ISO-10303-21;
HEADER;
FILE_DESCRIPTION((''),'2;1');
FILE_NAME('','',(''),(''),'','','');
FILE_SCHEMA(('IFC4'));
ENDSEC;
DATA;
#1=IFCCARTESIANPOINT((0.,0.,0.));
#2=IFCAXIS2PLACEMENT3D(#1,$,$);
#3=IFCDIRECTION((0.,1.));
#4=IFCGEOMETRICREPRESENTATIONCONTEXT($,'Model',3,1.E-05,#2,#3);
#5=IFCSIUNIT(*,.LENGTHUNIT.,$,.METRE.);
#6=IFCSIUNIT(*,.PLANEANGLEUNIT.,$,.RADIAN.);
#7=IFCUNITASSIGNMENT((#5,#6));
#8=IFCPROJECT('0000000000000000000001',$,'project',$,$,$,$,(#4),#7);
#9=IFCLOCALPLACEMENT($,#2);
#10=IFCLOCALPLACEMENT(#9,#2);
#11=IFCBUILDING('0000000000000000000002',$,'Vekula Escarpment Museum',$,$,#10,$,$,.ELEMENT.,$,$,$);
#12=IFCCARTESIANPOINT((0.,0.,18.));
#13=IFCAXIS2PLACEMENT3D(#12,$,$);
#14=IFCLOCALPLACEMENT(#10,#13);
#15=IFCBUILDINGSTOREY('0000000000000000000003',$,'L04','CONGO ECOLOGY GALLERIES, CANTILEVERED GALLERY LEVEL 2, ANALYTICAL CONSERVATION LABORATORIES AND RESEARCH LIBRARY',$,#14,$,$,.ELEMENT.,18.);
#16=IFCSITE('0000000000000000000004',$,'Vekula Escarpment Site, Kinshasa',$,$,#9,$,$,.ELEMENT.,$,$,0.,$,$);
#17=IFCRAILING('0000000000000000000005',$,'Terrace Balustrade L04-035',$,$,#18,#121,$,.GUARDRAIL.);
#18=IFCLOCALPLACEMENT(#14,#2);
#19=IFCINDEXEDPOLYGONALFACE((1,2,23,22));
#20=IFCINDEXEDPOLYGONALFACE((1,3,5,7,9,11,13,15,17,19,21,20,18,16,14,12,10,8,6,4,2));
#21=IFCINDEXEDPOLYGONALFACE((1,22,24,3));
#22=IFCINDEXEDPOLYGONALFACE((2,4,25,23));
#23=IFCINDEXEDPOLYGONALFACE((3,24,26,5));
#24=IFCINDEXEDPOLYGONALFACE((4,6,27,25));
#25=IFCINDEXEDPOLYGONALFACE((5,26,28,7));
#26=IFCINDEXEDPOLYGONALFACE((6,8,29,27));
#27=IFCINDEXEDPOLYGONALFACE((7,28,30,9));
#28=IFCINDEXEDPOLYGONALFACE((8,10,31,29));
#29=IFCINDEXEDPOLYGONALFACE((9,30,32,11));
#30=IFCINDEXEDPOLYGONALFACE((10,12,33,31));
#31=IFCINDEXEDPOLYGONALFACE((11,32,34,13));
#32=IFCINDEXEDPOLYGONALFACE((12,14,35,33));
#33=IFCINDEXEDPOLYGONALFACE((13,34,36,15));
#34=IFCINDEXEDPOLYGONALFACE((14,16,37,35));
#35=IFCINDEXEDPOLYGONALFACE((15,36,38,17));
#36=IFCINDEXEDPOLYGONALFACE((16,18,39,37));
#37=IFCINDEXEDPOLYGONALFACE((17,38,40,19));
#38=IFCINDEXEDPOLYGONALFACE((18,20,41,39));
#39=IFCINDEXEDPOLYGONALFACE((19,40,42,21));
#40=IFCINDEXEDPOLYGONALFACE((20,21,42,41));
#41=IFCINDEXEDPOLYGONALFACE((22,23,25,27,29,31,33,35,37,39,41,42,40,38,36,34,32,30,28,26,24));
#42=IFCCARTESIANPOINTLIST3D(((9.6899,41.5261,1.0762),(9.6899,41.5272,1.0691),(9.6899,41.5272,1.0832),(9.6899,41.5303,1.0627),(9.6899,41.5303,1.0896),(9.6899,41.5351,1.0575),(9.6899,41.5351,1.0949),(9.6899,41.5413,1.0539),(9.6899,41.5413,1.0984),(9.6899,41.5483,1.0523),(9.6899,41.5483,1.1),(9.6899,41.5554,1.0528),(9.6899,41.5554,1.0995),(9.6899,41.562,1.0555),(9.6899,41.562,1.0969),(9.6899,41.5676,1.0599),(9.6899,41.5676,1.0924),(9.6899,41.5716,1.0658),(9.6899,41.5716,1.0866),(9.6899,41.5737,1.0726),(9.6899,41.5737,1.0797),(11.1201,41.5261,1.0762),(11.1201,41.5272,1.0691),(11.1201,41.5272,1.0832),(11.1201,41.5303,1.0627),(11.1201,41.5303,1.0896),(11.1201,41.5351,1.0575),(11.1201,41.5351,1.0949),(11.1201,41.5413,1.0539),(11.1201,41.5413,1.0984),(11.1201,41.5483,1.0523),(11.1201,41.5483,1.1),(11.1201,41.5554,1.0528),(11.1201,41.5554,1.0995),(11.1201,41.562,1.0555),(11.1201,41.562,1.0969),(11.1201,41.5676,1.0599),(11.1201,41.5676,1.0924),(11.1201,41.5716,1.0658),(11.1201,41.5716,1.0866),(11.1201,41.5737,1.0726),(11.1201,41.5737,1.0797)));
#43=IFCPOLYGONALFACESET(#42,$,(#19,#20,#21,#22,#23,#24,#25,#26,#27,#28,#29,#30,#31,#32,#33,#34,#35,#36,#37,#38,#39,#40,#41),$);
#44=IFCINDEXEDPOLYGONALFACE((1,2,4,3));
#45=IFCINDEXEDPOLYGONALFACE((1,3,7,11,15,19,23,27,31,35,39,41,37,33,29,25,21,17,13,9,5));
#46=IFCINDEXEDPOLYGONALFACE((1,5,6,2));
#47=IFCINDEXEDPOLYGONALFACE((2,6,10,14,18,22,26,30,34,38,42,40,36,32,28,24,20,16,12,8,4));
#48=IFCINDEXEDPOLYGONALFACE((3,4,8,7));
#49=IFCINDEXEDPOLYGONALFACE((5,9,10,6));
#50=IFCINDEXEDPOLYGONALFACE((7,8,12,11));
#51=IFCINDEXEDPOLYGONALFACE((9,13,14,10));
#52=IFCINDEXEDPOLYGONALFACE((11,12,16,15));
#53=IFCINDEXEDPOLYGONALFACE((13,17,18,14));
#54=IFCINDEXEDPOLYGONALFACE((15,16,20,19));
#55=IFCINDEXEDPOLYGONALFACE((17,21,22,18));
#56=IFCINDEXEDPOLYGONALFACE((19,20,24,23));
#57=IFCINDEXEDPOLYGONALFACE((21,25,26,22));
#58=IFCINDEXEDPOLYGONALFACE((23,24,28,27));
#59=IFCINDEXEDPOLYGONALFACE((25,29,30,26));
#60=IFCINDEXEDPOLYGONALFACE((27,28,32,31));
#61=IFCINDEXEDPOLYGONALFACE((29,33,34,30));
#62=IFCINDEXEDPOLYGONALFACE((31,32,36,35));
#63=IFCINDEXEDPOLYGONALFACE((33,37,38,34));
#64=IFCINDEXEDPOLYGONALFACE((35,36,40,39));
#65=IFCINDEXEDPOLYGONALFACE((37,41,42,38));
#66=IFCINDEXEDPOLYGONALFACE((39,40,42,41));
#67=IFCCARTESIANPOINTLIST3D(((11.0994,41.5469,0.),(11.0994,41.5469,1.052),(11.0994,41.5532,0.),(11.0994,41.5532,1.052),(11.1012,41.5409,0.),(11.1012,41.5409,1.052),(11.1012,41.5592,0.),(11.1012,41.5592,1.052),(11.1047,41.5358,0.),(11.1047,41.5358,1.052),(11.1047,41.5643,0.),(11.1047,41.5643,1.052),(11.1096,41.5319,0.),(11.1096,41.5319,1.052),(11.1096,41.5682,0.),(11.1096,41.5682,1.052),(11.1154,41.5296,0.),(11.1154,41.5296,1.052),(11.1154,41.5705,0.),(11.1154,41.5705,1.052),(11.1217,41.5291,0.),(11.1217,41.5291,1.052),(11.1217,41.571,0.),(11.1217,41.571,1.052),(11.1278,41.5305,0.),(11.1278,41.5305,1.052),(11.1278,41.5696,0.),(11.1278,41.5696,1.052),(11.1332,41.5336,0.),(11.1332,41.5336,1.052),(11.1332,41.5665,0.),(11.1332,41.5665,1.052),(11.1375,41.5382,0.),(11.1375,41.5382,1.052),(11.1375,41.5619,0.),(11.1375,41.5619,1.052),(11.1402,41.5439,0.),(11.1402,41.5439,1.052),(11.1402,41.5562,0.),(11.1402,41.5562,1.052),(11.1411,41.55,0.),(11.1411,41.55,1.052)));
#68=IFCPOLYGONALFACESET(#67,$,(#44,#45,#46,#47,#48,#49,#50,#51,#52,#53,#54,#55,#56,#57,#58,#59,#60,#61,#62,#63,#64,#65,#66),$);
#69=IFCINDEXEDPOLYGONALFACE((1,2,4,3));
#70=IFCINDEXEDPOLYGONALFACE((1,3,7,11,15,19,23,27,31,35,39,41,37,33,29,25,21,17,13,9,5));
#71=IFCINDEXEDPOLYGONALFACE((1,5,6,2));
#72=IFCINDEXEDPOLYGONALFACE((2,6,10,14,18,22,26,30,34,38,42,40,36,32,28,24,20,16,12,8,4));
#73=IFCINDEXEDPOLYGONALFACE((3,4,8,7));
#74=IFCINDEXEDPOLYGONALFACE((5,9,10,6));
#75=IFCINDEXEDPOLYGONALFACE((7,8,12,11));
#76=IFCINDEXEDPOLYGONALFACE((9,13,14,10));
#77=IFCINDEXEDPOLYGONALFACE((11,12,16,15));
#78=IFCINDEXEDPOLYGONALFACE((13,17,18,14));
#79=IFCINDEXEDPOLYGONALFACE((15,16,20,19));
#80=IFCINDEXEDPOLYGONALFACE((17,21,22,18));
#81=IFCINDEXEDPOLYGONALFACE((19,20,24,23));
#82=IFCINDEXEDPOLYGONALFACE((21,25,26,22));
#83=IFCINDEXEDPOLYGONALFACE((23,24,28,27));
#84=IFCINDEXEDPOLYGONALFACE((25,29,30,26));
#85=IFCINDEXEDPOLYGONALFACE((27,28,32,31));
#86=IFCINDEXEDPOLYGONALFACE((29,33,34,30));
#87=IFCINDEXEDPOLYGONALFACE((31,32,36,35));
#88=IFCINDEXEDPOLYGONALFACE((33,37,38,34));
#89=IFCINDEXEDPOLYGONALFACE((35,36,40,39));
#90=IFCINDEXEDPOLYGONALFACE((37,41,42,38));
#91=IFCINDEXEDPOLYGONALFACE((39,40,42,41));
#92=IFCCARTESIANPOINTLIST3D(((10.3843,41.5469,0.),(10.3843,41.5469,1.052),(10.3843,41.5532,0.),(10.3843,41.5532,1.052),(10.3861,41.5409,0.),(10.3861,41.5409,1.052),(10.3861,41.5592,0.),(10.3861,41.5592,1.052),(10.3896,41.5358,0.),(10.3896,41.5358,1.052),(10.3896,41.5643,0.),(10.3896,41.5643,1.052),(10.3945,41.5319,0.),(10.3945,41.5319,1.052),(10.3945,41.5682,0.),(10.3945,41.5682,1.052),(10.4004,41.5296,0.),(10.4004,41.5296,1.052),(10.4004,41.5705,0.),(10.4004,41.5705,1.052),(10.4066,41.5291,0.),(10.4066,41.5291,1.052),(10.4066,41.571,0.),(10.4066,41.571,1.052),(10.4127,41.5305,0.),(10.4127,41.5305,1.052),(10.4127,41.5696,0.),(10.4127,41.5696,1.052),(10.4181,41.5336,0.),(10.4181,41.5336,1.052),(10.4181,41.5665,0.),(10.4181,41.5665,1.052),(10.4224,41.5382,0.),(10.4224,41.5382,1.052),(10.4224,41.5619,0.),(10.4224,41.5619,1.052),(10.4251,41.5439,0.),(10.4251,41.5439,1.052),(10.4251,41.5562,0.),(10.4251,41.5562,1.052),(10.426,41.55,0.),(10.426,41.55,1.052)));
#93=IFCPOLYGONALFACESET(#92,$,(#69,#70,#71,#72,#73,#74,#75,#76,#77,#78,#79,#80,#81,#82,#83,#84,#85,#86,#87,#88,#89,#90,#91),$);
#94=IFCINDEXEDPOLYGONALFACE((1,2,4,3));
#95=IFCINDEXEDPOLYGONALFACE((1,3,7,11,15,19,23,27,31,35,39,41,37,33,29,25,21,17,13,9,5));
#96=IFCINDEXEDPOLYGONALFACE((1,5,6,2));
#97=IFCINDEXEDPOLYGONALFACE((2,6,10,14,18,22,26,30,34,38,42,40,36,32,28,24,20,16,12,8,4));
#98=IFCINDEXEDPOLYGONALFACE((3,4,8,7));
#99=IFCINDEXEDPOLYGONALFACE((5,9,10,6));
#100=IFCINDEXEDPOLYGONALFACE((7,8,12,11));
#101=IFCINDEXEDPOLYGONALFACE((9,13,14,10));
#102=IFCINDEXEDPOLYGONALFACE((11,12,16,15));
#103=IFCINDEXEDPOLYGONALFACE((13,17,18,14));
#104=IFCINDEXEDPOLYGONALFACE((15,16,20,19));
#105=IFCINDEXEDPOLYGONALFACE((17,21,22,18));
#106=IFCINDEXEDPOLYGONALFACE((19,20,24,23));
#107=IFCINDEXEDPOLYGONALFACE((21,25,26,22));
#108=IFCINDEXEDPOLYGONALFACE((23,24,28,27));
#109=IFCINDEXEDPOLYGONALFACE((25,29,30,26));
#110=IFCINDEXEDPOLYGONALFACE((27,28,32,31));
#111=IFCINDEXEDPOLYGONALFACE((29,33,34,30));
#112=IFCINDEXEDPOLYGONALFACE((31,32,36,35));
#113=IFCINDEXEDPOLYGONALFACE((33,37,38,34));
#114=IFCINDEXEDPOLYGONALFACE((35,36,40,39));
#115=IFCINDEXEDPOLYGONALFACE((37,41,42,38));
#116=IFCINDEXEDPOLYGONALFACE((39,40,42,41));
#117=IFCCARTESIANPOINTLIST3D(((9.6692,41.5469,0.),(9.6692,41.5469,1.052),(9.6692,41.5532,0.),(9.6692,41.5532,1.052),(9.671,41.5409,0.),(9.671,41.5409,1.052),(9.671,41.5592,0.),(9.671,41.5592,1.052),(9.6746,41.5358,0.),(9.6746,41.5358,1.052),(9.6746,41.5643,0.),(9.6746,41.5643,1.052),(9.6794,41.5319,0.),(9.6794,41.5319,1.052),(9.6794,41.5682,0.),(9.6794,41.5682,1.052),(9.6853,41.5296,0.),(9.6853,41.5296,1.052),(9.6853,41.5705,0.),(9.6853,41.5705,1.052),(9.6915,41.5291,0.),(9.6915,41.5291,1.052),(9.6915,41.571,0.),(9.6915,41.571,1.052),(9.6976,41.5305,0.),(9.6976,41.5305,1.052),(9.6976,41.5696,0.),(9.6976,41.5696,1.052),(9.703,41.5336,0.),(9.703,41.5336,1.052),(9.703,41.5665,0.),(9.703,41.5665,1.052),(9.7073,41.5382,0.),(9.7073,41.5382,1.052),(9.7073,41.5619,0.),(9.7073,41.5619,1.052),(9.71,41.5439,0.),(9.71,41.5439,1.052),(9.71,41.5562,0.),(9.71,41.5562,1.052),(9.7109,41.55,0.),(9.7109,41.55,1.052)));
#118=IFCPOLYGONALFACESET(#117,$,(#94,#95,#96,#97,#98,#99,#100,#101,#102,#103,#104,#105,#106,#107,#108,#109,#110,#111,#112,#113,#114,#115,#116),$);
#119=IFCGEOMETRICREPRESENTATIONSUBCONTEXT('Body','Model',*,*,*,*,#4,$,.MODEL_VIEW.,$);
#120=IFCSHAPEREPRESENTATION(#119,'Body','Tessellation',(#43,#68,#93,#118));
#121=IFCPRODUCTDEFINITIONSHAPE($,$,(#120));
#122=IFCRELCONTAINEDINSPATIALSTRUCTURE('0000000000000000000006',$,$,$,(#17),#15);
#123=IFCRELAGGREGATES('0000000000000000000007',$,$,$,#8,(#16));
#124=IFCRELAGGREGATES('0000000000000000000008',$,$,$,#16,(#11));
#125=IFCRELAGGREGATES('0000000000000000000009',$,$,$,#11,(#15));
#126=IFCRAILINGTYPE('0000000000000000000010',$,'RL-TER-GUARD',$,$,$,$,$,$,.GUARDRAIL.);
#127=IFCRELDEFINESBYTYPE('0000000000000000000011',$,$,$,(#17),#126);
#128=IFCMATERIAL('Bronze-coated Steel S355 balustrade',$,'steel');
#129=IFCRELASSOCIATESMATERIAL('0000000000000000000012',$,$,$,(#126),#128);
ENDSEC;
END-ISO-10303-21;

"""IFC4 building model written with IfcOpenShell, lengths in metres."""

from ifc_helpers import new_model, si_unit, direction, frame, origin, origin_2d, place, context, subcontext, project, spatial, circle, extrude, material, type_object, element, save


model = new_model("IFC4")

# Units and contexts
model_context = context("Model", 3, precision=1e-05, world=origin(), true_north=direction((0.0, 1.0)))
body_context = subcontext(model_context, "Body", "Model", "MODEL_VIEW")
ifc_project = project(units=[si_unit("LENGTHUNIT", "METRE"), si_unit("PLANEANGLEUNIT", "RADIAN")], contexts=[model_context])

# Site, building, storey
site_placement = place(None, origin())
site = spatial("IfcSite", under=ifc_project, at=site_placement, Name="Vekula Escarpment Site, Kinshasa", CompositionType="ELEMENT", RefElevation=0.0)
building_placement = place(site_placement, origin())
building = spatial("IfcBuilding", under=site, at=building_placement, Name="Vekula Escarpment Museum", CompositionType="ELEMENT")
storey_placement = place(building_placement, frame((0.0, 0.0, 18.0)))
storey = spatial("IfcBuildingStorey", under=building, at=storey_placement, Name="L04", Description="CONGO ECOLOGY GALLERIES, CANTILEVERED GALLERY LEVEL 2, ANALYTICAL CONSERVATION LABORATORIES AND RESEARCH LIBRARY", CompositionType="ELEMENT", Elevation=18.0)

# Railing
ifc_material_1 = material(Name="Bronze-coated Steel S355 balustrade", Category="steel")
railing_type_1 = type_object("IfcRailingType", Name="RL-TER-GUARD", PredefinedType="GUARDRAIL", material=ifc_material_1)
railing_1_placement = place(storey_placement, frame((11.1201, 41.55, 0.0)))
element("IfcRailing", 1, at=railing_1_placement, inside=storey, type_object=railing_type_1, Name="Terrace Balustrade L04-035", PredefinedType="GUARDRAIL", context=body_context, shape_type="SweptSolid", body=[
    extrude(circle(Radius=0.0239, at=origin_2d()), frame((0.0, 0.0, 1.0762), z_axis=(-1.0, 0.0, 0.0), x_axis=(0.0, -1.0, 0.0)), (0.0, 0.0, 1.0), 1.4302),
    extrude(circle(Radius=0.021, at=origin_2d()), origin(), (0.0, 0.0, 1.0), 1.052),
    extrude(circle(Radius=0.021, at=origin_2d()), frame((-0.7151, 0.0, 0.0)), (0.0, 0.0, 1.0), 1.052),
    extrude(circle(Radius=0.021, at=origin_2d()), frame((-1.4302, 0.0, 0.0)), (0.0, 0.0, 1.0), 1.052),
])

save(model, "model.ifc")
